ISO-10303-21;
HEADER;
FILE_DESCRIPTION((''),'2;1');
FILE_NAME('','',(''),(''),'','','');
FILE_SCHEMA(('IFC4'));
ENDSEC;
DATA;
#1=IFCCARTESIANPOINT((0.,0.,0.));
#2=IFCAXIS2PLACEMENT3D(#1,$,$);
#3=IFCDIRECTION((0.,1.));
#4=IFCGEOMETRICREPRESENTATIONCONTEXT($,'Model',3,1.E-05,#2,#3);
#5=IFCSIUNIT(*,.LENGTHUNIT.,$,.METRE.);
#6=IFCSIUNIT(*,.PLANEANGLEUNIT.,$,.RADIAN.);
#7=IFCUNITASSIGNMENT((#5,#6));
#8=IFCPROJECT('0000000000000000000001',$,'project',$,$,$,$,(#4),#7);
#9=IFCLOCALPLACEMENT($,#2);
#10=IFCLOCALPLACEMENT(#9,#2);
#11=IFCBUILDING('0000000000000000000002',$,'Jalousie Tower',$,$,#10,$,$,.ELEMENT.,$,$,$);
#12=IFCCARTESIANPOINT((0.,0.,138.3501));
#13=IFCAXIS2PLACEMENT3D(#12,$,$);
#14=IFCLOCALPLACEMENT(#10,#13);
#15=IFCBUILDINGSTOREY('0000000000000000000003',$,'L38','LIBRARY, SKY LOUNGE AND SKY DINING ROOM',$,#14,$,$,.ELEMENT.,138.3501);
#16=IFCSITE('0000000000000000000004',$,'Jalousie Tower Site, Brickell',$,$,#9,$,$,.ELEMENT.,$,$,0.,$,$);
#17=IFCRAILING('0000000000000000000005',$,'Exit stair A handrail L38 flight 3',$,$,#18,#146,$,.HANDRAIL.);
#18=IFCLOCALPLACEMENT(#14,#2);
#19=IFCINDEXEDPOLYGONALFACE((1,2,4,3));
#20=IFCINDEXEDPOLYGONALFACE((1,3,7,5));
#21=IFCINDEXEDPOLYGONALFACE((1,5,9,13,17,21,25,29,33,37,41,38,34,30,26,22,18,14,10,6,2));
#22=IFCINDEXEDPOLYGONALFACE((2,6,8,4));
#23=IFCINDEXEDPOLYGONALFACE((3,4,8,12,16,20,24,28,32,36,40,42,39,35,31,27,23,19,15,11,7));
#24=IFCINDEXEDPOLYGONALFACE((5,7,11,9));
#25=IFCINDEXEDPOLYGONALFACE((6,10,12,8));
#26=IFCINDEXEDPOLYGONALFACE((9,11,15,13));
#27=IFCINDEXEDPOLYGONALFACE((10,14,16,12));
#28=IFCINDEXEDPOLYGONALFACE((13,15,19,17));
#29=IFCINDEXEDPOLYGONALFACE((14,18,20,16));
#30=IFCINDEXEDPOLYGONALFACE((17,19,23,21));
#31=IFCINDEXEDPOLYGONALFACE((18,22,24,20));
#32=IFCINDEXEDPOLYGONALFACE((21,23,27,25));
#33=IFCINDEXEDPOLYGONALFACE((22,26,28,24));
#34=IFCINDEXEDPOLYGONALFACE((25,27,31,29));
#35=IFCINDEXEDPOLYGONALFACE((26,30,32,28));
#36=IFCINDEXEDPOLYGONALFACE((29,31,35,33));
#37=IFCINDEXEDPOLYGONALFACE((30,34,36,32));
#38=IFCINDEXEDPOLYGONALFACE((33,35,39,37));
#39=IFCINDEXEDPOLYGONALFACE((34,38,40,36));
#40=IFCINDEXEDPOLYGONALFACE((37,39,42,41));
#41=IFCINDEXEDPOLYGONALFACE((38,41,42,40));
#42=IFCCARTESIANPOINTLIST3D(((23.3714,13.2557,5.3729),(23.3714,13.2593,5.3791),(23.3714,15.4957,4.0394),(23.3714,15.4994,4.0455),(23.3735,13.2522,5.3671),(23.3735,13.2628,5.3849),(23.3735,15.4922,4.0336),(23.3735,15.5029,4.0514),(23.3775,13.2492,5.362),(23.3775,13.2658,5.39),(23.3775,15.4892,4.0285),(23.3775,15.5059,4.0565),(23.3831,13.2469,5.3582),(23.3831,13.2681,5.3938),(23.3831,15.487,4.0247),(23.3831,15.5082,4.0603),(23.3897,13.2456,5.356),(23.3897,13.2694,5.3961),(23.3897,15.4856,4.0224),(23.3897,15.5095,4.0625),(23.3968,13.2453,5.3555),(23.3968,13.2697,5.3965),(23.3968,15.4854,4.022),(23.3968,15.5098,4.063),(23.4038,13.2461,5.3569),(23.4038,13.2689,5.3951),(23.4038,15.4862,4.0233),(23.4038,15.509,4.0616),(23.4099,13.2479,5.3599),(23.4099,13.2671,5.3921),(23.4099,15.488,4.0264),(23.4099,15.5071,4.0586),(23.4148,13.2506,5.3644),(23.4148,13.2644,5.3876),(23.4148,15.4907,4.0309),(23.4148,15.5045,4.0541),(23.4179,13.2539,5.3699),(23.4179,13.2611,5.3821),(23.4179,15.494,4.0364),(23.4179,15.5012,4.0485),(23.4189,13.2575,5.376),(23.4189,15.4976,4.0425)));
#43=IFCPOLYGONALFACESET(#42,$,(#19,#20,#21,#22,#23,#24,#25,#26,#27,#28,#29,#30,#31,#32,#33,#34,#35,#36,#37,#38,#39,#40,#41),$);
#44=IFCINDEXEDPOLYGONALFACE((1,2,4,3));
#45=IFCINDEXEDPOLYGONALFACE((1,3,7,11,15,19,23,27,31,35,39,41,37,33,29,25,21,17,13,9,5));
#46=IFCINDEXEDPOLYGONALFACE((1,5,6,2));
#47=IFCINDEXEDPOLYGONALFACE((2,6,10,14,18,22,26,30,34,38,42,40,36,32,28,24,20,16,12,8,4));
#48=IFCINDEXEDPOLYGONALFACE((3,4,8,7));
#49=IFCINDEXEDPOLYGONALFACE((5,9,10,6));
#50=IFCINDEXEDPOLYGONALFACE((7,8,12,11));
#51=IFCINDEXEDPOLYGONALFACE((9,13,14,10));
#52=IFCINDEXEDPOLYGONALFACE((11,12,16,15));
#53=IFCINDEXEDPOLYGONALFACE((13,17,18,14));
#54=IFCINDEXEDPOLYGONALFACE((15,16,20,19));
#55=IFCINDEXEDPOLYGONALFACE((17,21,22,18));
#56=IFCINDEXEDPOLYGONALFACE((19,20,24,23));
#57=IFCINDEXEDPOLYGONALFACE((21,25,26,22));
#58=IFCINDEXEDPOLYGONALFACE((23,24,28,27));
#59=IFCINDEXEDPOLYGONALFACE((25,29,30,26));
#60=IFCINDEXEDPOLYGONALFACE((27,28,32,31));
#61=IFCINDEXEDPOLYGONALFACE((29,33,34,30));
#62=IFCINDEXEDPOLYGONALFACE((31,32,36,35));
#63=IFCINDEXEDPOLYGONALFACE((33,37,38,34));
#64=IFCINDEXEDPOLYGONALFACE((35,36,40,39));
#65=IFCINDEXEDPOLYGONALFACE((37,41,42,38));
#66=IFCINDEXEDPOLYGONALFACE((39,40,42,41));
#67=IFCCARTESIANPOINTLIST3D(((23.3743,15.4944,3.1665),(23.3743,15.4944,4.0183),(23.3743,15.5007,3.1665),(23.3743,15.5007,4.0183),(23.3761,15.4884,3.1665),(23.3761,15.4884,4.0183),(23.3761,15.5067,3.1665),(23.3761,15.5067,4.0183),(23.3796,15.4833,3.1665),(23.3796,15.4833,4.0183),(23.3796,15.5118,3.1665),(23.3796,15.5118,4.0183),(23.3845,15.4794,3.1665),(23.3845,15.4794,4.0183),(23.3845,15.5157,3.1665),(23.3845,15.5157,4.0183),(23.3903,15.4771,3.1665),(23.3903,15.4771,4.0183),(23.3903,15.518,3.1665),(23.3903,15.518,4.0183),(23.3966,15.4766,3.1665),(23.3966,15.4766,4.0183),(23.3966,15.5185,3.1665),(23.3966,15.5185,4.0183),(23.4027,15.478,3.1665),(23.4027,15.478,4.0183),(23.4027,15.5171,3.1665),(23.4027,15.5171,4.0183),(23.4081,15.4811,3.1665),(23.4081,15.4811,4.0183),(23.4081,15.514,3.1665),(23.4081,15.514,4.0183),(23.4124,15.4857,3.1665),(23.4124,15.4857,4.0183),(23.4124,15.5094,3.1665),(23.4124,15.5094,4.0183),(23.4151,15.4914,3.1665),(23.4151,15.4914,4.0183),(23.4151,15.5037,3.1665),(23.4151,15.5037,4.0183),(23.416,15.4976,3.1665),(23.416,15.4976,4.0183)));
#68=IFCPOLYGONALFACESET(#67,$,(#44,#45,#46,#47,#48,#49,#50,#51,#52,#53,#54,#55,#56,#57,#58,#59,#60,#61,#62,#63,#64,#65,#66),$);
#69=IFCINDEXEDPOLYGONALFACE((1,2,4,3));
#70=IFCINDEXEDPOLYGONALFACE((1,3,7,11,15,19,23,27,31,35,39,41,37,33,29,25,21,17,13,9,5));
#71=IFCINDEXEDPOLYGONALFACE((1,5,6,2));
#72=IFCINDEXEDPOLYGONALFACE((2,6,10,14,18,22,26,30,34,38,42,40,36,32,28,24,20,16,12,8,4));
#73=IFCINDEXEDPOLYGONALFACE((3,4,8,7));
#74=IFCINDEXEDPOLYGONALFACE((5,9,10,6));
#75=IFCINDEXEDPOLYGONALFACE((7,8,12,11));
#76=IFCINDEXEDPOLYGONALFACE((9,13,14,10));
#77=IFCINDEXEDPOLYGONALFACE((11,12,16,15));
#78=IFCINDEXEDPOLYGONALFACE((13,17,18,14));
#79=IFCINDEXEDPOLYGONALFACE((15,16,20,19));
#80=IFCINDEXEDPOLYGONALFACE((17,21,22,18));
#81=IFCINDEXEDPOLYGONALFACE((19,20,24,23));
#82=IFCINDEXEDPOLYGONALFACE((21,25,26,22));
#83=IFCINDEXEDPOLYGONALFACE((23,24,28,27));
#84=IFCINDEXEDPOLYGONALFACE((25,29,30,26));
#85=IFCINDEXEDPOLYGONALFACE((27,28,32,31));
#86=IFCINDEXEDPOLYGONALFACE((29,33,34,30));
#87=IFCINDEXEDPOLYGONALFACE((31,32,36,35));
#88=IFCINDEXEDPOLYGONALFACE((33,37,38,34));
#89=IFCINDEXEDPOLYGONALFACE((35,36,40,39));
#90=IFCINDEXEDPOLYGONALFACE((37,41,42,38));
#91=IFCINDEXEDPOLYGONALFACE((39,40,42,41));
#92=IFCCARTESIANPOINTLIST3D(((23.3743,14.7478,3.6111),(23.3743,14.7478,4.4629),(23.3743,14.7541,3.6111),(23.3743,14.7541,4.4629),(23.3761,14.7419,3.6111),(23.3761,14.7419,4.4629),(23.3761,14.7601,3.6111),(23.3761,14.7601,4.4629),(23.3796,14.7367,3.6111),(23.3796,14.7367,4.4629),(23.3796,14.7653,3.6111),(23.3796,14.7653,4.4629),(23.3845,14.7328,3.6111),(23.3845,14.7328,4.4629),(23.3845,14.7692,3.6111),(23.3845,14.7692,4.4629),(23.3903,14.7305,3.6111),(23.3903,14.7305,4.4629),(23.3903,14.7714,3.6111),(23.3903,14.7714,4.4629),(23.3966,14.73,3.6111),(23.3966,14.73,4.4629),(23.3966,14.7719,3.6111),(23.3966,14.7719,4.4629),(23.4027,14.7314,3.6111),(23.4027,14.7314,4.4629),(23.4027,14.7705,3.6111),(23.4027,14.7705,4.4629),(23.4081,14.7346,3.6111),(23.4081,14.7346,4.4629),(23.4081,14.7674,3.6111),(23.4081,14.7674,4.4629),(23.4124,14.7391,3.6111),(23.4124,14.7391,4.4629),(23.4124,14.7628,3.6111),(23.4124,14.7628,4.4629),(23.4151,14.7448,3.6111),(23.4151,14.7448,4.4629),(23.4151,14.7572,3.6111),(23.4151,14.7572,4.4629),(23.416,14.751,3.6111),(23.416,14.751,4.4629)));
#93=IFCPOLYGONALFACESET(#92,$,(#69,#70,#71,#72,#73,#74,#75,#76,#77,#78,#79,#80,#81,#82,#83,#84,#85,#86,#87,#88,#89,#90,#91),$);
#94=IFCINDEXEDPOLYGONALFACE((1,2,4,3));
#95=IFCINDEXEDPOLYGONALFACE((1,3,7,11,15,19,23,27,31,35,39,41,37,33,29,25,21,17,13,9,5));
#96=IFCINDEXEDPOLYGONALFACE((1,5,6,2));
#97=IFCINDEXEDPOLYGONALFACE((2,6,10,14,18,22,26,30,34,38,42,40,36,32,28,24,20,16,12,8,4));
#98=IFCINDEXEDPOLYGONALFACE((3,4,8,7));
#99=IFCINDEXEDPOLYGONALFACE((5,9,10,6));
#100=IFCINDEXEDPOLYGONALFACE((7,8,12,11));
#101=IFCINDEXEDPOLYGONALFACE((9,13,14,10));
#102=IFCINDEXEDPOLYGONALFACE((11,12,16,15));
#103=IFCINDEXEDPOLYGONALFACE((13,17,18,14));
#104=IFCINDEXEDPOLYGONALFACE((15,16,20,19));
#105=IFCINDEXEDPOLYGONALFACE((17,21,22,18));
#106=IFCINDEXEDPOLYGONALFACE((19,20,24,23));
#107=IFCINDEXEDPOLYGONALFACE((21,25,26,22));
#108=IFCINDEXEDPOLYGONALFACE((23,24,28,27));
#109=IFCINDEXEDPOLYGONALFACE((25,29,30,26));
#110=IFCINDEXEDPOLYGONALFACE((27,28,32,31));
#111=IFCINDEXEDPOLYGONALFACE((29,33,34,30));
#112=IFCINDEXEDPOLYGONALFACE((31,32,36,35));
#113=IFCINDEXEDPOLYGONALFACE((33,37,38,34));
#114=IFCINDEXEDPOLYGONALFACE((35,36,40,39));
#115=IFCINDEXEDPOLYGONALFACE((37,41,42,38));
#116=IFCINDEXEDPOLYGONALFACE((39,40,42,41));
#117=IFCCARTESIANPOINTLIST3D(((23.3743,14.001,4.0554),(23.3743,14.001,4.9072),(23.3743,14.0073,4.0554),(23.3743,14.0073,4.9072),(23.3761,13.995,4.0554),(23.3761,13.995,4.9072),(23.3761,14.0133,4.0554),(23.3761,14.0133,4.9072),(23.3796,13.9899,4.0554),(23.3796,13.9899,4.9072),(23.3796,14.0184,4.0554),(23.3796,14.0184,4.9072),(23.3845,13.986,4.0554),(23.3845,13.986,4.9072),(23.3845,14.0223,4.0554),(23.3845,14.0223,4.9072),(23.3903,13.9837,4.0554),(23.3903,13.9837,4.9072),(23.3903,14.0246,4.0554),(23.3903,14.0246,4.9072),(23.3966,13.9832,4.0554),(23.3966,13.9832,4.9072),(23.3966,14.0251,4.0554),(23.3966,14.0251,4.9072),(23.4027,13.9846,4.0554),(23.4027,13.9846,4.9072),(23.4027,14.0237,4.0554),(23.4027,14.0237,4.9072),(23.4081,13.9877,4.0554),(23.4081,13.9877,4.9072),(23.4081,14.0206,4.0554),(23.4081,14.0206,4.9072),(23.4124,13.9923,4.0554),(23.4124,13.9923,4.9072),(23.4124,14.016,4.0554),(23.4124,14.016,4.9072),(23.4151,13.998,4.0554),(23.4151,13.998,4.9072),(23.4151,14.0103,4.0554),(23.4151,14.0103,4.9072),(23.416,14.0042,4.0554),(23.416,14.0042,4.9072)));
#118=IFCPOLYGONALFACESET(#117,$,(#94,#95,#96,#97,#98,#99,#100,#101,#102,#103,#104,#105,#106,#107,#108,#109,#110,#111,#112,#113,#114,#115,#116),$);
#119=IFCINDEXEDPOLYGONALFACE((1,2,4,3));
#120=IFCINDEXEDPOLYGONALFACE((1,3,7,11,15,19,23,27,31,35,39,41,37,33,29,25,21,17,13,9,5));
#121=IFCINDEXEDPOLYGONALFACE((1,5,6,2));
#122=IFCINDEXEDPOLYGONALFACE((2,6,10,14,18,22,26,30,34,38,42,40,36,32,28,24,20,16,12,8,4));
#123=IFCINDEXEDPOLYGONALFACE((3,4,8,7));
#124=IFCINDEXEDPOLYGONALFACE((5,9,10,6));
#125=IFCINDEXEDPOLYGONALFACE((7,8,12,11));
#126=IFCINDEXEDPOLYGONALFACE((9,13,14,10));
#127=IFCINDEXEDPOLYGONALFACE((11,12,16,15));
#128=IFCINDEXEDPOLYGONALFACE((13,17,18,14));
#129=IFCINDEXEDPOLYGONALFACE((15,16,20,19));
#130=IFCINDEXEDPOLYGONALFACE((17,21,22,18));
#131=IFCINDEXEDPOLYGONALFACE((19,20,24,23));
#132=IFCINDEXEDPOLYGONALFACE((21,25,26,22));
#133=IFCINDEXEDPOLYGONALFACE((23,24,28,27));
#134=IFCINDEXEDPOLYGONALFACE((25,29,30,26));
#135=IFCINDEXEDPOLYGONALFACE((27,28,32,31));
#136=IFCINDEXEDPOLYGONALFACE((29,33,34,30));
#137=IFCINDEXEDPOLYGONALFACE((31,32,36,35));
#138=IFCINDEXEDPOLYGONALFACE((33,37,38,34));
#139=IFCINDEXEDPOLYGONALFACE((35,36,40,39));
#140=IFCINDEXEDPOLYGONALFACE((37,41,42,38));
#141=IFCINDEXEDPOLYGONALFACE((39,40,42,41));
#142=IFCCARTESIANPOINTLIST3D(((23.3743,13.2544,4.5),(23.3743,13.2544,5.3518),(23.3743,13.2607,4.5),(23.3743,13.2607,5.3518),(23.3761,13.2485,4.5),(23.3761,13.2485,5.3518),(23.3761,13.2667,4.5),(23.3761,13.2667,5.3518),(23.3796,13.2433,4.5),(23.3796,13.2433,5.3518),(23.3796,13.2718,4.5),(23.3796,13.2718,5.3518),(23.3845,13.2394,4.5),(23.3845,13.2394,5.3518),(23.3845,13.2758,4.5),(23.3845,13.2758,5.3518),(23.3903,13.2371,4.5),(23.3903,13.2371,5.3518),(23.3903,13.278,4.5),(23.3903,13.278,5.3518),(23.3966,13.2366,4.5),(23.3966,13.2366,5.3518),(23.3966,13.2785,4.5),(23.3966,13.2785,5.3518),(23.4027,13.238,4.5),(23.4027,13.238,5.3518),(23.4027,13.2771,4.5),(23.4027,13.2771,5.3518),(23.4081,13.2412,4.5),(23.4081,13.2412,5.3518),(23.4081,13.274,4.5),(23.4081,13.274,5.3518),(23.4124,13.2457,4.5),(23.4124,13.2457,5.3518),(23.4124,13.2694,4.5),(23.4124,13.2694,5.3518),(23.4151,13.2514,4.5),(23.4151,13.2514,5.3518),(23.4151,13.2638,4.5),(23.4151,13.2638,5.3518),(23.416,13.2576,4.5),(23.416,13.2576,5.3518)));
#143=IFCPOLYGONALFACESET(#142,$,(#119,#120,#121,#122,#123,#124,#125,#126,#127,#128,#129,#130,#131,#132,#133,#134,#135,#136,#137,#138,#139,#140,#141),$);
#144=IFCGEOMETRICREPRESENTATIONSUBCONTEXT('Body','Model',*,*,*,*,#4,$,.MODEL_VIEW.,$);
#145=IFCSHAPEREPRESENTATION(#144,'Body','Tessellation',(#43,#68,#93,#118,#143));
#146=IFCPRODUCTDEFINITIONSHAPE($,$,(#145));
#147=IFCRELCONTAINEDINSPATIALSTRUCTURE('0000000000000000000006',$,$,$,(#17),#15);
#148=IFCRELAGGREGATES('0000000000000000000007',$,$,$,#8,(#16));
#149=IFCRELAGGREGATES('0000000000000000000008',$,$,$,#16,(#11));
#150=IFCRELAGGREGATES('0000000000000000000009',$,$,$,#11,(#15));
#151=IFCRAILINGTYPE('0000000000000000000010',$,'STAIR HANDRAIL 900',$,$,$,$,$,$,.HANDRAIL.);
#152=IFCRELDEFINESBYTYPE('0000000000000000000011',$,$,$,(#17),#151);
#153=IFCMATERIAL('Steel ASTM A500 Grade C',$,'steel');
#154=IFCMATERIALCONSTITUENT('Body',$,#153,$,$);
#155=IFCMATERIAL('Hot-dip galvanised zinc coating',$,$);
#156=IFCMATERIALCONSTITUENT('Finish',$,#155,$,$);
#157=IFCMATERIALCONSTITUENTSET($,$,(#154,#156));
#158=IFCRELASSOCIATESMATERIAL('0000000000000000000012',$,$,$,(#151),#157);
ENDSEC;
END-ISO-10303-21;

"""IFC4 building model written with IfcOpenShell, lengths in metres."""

from ifc_helpers import new_model, si_unit, direction, frame, origin, origin_2d, place, context, subcontext, project, spatial, circle, extrude, material, constituent, constituent_set, type_object, element, save


model = new_model("IFC4")

# Units and contexts
model_context = context("Model", 3, precision=1e-05, world=origin(), true_north=direction((0.0, 1.0)))
body_context = subcontext(model_context, "Body", "Model", "MODEL_VIEW")
ifc_project = project(units=[si_unit("LENGTHUNIT", "METRE"), si_unit("PLANEANGLEUNIT", "RADIAN")], contexts=[model_context])

# Site, building, storey
site_placement = place(None, origin())
site = spatial("IfcSite", under=ifc_project, at=site_placement, Name="Jalousie Tower Site, Brickell", CompositionType="ELEMENT", RefElevation=0.0)
building_placement = place(site_placement, origin())
building = spatial("IfcBuilding", under=site, at=building_placement, Name="Jalousie Tower", CompositionType="ELEMENT")
storey_placement = place(building_placement, frame((0.0, 0.0, 138.3501)))
storey = spatial("IfcBuildingStorey", under=building, at=storey_placement, Name="L38", Description="LIBRARY, SKY LOUNGE AND SKY DINING ROOM", CompositionType="ELEMENT", Elevation=138.3501)

# Railing
ifc_material_1 = material(Name="Steel ASTM A500 Grade C", Category="steel")
ifc_constituent_1 = constituent(ifc_material_1, Name="Body")
ifc_material_2 = material(Name="Hot-dip galvanised zinc coating")
ifc_constituent_2 = constituent(ifc_material_2, Name="Finish")
ifc_constituent_set_1 = constituent_set(constituents=[ifc_constituent_1, ifc_constituent_2])
railing_type_1 = type_object("IfcRailingType", Name="STAIR HANDRAIL 900", PredefinedType="HANDRAIL", material=ifc_constituent_set_1)
for number, where, name in (
    (1, (23.395, 15.4976, 3.1665), "Exit stair A handrail L38 flight 3"),
):
    element("IfcRailing", number, at=place(storey_placement, frame(where)), inside=storey, type_object=railing_type_1, Name=name, PredefinedType="HANDRAIL", context=body_context, shape_type="SweptSolid", body=[
        extrude(circle(Radius=0.0239, at=origin_2d()), frame((0.0, 0.0, 0.876), z_axis=(0.0, -0.859264, 0.511532), x_axis=(1.0, 0.0, 0.0)), (0.0, 0.0, 1.0), 2.6069),
        extrude(circle(Radius=0.021, at=origin_2d()), origin(), (0.0, 0.0, 1.0), 0.8518),
        extrude(circle(Radius=0.021, at=origin_2d()), frame((0.0, -0.7466, 0.4446)), (0.0, 0.0, 1.0), 0.8518),
        extrude(circle(Radius=0.021, at=origin_2d()), frame((0.0, -1.4934, 0.8889)), (0.0, 0.0, 1.0), 0.8518),
        extrude(circle(Radius=0.021, at=origin_2d()), frame((0.0, -2.24, 1.3335)), (0.0, 0.0, 1.0), 0.8518),
    ])

save(model, "model.ifc")
